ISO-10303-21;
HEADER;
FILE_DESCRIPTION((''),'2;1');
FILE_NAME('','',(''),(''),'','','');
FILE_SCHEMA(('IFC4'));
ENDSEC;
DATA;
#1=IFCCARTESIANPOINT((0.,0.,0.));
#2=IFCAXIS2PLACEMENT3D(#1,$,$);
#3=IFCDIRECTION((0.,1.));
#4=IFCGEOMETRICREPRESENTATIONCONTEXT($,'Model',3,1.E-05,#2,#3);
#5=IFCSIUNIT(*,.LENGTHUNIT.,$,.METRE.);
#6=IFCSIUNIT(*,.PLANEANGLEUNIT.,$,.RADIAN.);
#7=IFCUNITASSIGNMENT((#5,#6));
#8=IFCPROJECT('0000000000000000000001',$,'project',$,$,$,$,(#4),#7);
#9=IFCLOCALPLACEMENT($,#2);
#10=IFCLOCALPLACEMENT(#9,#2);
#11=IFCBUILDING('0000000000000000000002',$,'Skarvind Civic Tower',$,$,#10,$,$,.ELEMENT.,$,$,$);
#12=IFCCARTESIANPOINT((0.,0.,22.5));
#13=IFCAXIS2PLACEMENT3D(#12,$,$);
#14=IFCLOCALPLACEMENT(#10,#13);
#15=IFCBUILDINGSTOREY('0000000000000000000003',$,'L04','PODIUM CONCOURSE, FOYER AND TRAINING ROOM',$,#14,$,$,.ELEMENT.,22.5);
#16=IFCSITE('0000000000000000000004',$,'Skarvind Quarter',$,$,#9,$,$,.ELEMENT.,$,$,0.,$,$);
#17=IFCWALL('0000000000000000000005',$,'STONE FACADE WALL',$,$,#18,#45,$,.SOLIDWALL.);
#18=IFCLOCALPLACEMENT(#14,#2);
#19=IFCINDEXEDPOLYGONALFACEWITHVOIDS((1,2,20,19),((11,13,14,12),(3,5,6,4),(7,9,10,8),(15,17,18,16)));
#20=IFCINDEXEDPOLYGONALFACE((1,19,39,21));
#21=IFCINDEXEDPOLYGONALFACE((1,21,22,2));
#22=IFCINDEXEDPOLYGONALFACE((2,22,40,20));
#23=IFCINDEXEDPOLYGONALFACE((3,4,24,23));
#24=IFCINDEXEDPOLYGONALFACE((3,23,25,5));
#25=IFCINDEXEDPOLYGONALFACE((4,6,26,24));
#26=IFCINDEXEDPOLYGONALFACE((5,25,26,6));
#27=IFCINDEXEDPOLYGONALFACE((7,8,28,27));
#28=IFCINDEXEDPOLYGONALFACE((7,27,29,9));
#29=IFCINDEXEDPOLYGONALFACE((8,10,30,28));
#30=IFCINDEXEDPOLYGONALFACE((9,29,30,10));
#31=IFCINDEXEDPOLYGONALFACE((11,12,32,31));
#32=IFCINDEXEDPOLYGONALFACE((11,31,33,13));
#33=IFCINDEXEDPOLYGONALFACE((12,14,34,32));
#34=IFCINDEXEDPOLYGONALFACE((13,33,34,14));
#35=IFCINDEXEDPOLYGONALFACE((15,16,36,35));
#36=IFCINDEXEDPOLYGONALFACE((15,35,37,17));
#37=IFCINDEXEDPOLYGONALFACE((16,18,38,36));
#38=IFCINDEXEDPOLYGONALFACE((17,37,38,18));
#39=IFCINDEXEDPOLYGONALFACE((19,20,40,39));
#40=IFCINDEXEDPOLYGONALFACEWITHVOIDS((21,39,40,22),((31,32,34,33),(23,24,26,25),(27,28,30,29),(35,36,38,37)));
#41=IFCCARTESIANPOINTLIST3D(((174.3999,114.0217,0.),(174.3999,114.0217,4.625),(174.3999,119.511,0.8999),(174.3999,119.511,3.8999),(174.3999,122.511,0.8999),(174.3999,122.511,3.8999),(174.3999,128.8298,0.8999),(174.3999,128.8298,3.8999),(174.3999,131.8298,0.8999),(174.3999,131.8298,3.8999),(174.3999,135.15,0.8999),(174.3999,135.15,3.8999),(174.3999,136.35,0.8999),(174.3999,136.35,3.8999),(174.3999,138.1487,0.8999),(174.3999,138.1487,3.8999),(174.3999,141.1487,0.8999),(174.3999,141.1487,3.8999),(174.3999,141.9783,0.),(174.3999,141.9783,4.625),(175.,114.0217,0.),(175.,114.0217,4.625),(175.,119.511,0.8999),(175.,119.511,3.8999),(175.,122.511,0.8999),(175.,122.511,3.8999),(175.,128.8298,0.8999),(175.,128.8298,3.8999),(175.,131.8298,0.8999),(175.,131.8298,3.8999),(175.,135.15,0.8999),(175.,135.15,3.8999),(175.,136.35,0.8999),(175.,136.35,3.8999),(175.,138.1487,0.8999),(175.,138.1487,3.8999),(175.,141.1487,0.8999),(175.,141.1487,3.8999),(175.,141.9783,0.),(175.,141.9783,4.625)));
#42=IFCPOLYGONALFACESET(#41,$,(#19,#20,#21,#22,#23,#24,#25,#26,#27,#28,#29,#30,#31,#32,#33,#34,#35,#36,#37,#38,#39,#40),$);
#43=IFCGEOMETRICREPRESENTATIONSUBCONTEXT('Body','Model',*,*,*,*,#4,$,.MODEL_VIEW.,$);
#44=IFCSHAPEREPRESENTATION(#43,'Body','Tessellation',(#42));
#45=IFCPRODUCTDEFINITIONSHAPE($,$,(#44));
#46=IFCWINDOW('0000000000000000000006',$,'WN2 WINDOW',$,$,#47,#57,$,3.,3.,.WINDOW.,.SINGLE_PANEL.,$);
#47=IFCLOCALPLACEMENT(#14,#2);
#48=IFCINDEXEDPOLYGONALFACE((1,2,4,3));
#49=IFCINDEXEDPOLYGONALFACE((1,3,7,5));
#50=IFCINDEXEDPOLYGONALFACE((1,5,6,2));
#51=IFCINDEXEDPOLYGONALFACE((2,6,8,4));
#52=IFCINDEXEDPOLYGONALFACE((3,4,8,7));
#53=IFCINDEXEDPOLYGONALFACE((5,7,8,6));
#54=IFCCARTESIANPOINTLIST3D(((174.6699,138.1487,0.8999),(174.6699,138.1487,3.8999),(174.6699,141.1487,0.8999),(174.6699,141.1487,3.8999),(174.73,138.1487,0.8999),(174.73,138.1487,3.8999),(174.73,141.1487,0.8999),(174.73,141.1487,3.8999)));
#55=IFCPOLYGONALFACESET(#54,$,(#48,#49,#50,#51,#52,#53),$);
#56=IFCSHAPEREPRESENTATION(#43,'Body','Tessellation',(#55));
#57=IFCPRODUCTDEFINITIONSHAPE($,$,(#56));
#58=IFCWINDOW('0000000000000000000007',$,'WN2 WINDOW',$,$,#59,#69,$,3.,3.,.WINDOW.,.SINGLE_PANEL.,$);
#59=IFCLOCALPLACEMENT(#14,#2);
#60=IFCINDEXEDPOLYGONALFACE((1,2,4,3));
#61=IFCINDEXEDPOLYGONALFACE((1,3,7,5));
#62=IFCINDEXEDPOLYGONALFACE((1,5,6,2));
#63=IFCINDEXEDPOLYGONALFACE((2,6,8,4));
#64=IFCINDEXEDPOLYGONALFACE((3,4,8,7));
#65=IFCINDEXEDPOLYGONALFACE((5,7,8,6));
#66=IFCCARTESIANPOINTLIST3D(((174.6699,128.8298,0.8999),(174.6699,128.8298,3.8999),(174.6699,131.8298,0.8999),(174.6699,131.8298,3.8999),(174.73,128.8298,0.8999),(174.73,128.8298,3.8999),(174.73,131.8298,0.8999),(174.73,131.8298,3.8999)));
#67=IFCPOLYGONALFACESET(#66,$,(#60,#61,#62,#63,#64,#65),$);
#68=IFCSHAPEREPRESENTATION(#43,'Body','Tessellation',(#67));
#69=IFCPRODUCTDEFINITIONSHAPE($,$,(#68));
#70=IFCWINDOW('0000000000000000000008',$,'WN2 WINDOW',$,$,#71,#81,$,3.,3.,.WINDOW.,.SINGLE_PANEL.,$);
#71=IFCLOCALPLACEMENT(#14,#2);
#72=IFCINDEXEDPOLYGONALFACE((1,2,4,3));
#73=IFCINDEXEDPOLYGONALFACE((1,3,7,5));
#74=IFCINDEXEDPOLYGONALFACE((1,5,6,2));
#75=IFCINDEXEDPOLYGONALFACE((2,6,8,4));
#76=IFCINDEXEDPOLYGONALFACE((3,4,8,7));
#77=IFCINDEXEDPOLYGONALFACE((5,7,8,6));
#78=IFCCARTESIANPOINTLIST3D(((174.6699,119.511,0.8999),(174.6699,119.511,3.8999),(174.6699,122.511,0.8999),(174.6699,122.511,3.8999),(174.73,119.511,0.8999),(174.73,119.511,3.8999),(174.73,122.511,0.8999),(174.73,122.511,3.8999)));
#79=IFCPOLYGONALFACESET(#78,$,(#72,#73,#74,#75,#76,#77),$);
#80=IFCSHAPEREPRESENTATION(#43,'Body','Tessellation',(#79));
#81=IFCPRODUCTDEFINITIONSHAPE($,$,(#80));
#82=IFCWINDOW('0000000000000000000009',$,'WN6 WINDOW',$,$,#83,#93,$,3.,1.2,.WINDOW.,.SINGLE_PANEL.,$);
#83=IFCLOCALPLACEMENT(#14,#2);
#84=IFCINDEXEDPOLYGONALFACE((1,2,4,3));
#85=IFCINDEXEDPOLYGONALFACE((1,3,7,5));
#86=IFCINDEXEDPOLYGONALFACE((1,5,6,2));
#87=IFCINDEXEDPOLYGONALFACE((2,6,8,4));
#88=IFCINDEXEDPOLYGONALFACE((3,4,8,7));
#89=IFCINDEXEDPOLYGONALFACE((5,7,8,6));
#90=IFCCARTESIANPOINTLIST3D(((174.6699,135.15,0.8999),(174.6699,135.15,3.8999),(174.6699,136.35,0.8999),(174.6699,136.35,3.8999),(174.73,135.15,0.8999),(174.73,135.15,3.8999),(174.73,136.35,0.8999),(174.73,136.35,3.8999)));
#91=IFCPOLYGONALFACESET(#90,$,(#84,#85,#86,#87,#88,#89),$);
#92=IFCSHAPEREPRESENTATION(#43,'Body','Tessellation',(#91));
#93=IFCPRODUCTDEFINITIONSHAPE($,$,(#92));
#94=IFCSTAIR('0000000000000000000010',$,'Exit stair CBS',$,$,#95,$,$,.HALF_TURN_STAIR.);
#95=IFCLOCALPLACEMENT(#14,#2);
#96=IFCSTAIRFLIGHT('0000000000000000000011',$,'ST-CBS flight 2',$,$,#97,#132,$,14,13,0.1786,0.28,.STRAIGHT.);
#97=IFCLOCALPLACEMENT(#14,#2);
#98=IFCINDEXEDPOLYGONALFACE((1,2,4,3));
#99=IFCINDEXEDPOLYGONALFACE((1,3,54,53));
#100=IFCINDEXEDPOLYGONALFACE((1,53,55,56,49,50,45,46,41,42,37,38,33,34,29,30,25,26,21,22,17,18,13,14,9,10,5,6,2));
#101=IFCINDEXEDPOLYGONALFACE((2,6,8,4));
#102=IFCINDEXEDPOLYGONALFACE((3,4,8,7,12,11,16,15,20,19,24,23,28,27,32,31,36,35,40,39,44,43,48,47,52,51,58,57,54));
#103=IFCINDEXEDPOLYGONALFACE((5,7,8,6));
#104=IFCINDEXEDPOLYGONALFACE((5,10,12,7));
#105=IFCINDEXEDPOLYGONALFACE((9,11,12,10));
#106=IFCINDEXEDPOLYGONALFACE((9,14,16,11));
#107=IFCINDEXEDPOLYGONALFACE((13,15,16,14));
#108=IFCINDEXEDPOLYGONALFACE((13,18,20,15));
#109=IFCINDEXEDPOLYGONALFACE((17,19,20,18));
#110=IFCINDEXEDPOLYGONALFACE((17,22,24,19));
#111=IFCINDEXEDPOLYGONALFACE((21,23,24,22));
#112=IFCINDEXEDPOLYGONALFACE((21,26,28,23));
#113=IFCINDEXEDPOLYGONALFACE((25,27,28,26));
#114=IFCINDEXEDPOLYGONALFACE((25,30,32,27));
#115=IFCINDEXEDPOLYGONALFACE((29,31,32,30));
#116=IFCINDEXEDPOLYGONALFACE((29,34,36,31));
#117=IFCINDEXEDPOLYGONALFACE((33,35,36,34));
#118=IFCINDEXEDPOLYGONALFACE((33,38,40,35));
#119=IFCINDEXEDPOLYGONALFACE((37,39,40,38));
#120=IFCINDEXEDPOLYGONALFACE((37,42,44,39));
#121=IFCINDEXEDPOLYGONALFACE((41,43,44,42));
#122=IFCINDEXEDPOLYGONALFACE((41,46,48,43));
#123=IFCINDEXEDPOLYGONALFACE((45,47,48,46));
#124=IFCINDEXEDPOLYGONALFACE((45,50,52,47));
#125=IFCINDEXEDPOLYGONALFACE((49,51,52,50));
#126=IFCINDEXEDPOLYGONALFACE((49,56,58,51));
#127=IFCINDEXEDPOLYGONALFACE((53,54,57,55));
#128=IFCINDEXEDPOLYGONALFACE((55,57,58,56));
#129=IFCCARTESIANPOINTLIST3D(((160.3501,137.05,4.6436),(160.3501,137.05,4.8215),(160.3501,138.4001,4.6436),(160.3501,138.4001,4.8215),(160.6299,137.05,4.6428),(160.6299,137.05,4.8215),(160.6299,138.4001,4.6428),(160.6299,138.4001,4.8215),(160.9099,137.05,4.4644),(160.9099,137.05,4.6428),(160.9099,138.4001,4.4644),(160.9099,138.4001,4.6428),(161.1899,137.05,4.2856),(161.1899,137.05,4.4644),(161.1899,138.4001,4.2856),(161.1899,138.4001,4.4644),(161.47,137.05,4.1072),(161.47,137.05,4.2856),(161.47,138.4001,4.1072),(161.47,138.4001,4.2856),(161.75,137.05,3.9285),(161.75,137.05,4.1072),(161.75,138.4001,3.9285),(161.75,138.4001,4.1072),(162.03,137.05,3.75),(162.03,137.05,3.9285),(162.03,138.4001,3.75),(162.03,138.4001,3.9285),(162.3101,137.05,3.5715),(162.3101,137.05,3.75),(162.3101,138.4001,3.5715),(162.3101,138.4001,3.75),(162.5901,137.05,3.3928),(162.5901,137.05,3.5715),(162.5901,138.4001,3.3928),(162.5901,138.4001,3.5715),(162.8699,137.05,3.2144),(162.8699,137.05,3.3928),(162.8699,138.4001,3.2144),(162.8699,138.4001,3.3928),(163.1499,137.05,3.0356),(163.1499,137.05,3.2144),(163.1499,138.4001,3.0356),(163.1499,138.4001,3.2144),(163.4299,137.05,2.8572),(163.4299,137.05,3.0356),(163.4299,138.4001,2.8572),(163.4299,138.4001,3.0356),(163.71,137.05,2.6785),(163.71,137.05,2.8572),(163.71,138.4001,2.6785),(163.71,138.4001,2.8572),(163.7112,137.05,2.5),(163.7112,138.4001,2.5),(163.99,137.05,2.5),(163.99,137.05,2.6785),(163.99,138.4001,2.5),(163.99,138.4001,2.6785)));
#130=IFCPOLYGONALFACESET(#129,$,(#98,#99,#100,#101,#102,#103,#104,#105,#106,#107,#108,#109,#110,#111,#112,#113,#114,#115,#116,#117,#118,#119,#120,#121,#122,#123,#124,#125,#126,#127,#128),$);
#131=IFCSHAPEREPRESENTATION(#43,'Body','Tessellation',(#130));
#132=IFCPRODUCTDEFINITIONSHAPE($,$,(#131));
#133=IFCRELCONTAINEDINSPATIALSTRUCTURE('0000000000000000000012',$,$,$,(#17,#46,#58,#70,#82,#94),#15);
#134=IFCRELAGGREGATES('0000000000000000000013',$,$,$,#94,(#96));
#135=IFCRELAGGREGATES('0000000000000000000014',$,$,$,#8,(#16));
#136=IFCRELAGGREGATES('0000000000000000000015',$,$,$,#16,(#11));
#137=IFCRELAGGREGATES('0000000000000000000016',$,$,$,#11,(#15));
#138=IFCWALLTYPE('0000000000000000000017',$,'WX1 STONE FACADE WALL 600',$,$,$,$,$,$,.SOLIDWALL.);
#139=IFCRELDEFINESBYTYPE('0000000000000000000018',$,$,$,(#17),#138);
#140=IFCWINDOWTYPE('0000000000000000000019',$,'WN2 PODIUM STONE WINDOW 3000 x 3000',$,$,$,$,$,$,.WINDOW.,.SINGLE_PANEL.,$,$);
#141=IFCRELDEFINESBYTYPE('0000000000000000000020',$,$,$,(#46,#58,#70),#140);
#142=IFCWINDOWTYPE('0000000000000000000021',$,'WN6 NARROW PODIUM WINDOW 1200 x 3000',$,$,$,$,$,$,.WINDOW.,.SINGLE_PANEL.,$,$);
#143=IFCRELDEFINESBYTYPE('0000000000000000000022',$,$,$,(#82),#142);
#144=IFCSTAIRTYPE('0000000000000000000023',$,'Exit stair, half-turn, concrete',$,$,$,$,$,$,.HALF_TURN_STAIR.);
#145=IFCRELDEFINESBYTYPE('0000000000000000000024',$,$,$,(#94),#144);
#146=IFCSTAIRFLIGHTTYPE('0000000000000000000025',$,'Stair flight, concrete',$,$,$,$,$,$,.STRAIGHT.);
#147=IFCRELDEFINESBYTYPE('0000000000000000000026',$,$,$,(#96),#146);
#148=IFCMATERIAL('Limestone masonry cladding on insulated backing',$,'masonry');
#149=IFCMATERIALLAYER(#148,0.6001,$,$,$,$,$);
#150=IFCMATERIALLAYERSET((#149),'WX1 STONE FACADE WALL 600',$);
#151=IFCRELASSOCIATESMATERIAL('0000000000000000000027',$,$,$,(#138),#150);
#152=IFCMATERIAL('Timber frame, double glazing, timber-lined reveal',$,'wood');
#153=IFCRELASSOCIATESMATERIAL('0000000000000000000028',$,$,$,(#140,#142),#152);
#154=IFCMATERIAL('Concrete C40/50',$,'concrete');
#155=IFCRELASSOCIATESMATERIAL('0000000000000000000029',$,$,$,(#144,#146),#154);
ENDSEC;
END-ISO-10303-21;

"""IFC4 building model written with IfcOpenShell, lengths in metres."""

from ifc_helpers import new_model, si_unit, direction, frame, frame_2d, origin, place, context, subcontext, project, spatial, polyline, rectangle, outline, extrude, material, layer, layer_set, type_object, element, fill, aggregate, save


model = new_model("IFC4")

# Units and contexts
model_context = context("Model", 3, precision=1e-05, world=origin(), true_north=direction((0.0, 1.0)))
body_context = subcontext(model_context, "Body", "Model", "MODEL_VIEW")
ifc_project = project(units=[si_unit("LENGTHUNIT", "METRE"), si_unit("PLANEANGLEUNIT", "RADIAN")], contexts=[model_context])

# Site, building, storey
site_placement = place(None, origin())
site = spatial("IfcSite", under=ifc_project, at=site_placement, Name="Skarvind Quarter", CompositionType="ELEMENT", RefElevation=0.0)
building_placement = place(site_placement, origin())
building = spatial("IfcBuilding", under=site, at=building_placement, Name="Skarvind Civic Tower", CompositionType="ELEMENT")
storey_placement = place(building_placement, frame((0.0, 0.0, 22.5)))
storey = spatial("IfcBuildingStorey", under=building, at=storey_placement, Name="L04", Description="PODIUM CONCOURSE, FOYER AND TRAINING ROOM", CompositionType="ELEMENT", Elevation=22.5)

# Wall, openings, windows
ifc_material_1 = material(Name="Limestone masonry cladding on insulated backing", Category="masonry")
ifc_layer_1 = layer(ifc_material_1, 0.6001)
ifc_layer_set_1 = layer_set([ifc_layer_1], Name="WX1 STONE FACADE WALL 600")
wall_type_1 = type_object("IfcWallType", Name="WX1 STONE FACADE WALL 600", PredefinedType="SOLIDWALL", material=ifc_layer_set_1)
wall_1_placement = place(storey_placement, frame((174.7, 141.9783, 0.0), z_axis=(0.0, 0.0, 1.0), x_axis=(0.0, -1.0, 0.0)))
wall_1 = element("IfcWall", 1, at=wall_1_placement, inside=storey, type_object=wall_type_1, Name="STONE FACADE WALL", PredefinedType="SOLIDWALL", context=body_context, shape_type="SweptSolid", body=[
    extrude(rectangle(XDim=27.9565, YDim=0.6001, at=frame_2d((13.9783, 0.0))), origin(), (0.0, 0.0, 1.0), 4.625),
])
opening_1_placement = place(wall_1_placement, frame((0.8296, 0.0, 0.8999)))
opening_1 = element("IfcOpeningElement", 2, at=opening_1_placement, cuts=wall_1, PredefinedType="OPENING", context=body_context, shape_type="SweptSolid", body=[
    extrude(rectangle(XDim=3.0, YDim=3.0, at=frame_2d((1.5, 1.5))), frame((0.0, 0.3101, 0.0), z_axis=(0.0, -1.0, 0.0), x_axis=(1.0, 0.0, 0.0)), (0.0, 0.0, 1.0), 0.6201),
])
opening_2_placement = place(wall_1_placement, frame((5.6282, 0.0, 0.8999)))
opening_2 = element("IfcOpeningElement", 3, at=opening_2_placement, cuts=wall_1, PredefinedType="OPENING", context=body_context, shape_type="SweptSolid", body=[
    extrude(rectangle(XDim=1.2, YDim=3.0, at=frame_2d((0.6001, 1.5))), frame((0.0, 0.3101, 0.0), z_axis=(0.0, -1.0, 0.0), x_axis=(1.0, 0.0, 0.0)), (0.0, 0.0, 1.0), 0.6201),
])
opening_3_placement = place(wall_1_placement, frame((10.1484, 0.0, 0.8999)))
opening_3 = element("IfcOpeningElement", 4, at=opening_3_placement, cuts=wall_1, PredefinedType="OPENING", context=body_context, shape_type="SweptSolid", body=[
    extrude(rectangle(XDim=3.0, YDim=3.0, at=frame_2d((1.5, 1.5))), frame((0.0, 0.3101, 0.0), z_axis=(0.0, -1.0, 0.0), x_axis=(1.0, 0.0, 0.0)), (0.0, 0.0, 1.0), 0.6201),
])
opening_4_placement = place(wall_1_placement, frame((19.4673, 0.0, 0.8999)))
opening_4 = element("IfcOpeningElement", 5, at=opening_4_placement, cuts=wall_1, PredefinedType="OPENING", context=body_context, shape_type="SweptSolid", body=[
    extrude(rectangle(XDim=3.0, YDim=3.0, at=frame_2d((1.5, 1.5))), frame((0.0, 0.3101, 0.0), z_axis=(0.0, -1.0, 0.0), x_axis=(1.0, 0.0, 0.0)), (0.0, 0.0, 1.0), 0.6201),
])
ifc_material_2 = material(Name="Timber frame, double glazing, timber-lined reveal", Category="wood")
window_type_1 = type_object("IfcWindowType", Name="WN2 PODIUM STONE WINDOW 3000 x 3000", PartitioningType="SINGLE_PANEL", PredefinedType="WINDOW", material=ifc_material_2)
window_1_placement = place(opening_1_placement, origin())
window_1 = element("IfcWindow", 6, at=window_1_placement, inside=storey, type_object=window_type_1, Name="WN2 WINDOW", OverallHeight=3.0, OverallWidth=3.0, PartitioningType="SINGLE_PANEL", PredefinedType="WINDOW", context=body_context, shape_type="SweptSolid", body=[
    extrude(rectangle(XDim=3.0, YDim=3.0, at=frame_2d((1.5, 1.5))), frame((0.0, 0.03, 0.0), z_axis=(0.0, -1.0, 0.0), x_axis=(1.0, 0.0, 0.0)), (0.0, 0.0, 1.0), 0.0601),
])
fill(opening_1, window_1)
window_2_placement = place(opening_3_placement, origin())
window_2 = element("IfcWindow", 7, at=window_2_placement, inside=storey, type_object=window_type_1, Name="WN2 WINDOW", OverallHeight=3.0, OverallWidth=3.0, PartitioningType="SINGLE_PANEL", PredefinedType="WINDOW", context=body_context, shape_type="SweptSolid", body=[
    extrude(rectangle(XDim=3.0, YDim=3.0, at=frame_2d((1.5, 1.5))), frame((0.0, 0.03, 0.0), z_axis=(0.0, -1.0, 0.0), x_axis=(1.0, 0.0, 0.0)), (0.0, 0.0, 1.0), 0.0601),
])
fill(opening_3, window_2)
window_3_placement = place(opening_4_placement, origin())
window_3 = element("IfcWindow", 8, at=window_3_placement, inside=storey, type_object=window_type_1, Name="WN2 WINDOW", OverallHeight=3.0, OverallWidth=3.0, PartitioningType="SINGLE_PANEL", PredefinedType="WINDOW", context=body_context, shape_type="SweptSolid", body=[
    extrude(rectangle(XDim=3.0, YDim=3.0, at=frame_2d((1.5, 1.5))), frame((0.0, 0.03, 0.0), z_axis=(0.0, -1.0, 0.0), x_axis=(1.0, 0.0, 0.0)), (0.0, 0.0, 1.0), 0.0601),
])
fill(opening_4, window_3)
window_type_2 = type_object("IfcWindowType", Name="WN6 NARROW PODIUM WINDOW 1200 x 3000", PartitioningType="SINGLE_PANEL", PredefinedType="WINDOW", material=ifc_material_2)
window_4_placement = place(opening_2_placement, origin())
window_4 = element("IfcWindow", 9, at=window_4_placement, inside=storey, type_object=window_type_2, Name="WN6 WINDOW", OverallHeight=3.0, OverallWidth=1.2, PartitioningType="SINGLE_PANEL", PredefinedType="WINDOW", context=body_context, shape_type="SweptSolid", body=[
    extrude(rectangle(XDim=1.2, YDim=3.0, at=frame_2d((0.6001, 1.5))), frame((0.0, 0.03, 0.0), z_axis=(0.0, -1.0, 0.0), x_axis=(1.0, 0.0, 0.0)), (0.0, 0.0, 1.0), 0.0601),
])
fill(opening_2, window_4)

# Stair, stair flight
ifc_material_3 = material(Name="Concrete C40/50", Category="concrete")
stair_type = type_object("IfcStairType", Name="Exit stair, half-turn, concrete", PredefinedType="HALF_TURN_STAIR", material=ifc_material_3)
stair_placement = place(storey_placement, origin())
stair = element("IfcStair", 10, at=stair_placement, inside=storey, type_object=stair_type, Name="Exit stair CBS", PredefinedType="HALF_TURN_STAIR")
stair_flight_type = type_object("IfcStairFlightType", Name="Stair flight, concrete", PredefinedType="STRAIGHT", material=ifc_material_3)
stair_flight_placement = place(storey_placement, frame((163.99, 137.7251, 2.5), z_axis=(0.0, 0.0, 1.0), x_axis=(-1.0, 0.0, 0.0)))
stair_flight = element("IfcStairFlight", 11, at=stair_flight_placement, type_object=stair_flight_type, Name="ST-CBS flight 2", NumberOfRisers=14, NumberOfTreads=13, PredefinedType="STRAIGHT", RiserHeight=0.1786, TreadLength=0.28, context=body_context, shape_type="SweptSolid", body=[
    extrude(outline(polyline([(0.0, 0.0), (0.0, 0.1785), (0.28, 0.1785), (0.28, 0.3572), (0.5601, 0.3572), (0.5601, 0.5356), (0.8401, 0.5356), (0.8401, 0.7144), (1.1201, 0.7144), (1.1201, 0.8928), (1.3999, 0.8928), (1.3999, 1.0715), (1.6799, 1.0715), (1.6799, 1.25), (1.96, 1.25), (1.96, 1.4285), (2.24, 1.4285), (2.24, 1.6072), (2.52, 1.6072), (2.52, 1.7856), (2.8, 1.7856), (2.8, 1.9644), (3.0801, 1.9644), (3.0801, 2.1428), (3.3601, 2.1428), (3.3601, 2.3215), (3.6399, 2.3215), (3.6399, 2.5), (3.6399, 2.1436), (0.2788, 0.0), (0.0, 0.0)])), frame((0.0, 0.675, 0.0), z_axis=(0.0, -1.0, 0.0), x_axis=(1.0, 0.0, 0.0)), (0.0, 0.0, 1.0), 1.3501),
])
aggregate(stair, [stair_flight])

save(model, "model.ifc")
